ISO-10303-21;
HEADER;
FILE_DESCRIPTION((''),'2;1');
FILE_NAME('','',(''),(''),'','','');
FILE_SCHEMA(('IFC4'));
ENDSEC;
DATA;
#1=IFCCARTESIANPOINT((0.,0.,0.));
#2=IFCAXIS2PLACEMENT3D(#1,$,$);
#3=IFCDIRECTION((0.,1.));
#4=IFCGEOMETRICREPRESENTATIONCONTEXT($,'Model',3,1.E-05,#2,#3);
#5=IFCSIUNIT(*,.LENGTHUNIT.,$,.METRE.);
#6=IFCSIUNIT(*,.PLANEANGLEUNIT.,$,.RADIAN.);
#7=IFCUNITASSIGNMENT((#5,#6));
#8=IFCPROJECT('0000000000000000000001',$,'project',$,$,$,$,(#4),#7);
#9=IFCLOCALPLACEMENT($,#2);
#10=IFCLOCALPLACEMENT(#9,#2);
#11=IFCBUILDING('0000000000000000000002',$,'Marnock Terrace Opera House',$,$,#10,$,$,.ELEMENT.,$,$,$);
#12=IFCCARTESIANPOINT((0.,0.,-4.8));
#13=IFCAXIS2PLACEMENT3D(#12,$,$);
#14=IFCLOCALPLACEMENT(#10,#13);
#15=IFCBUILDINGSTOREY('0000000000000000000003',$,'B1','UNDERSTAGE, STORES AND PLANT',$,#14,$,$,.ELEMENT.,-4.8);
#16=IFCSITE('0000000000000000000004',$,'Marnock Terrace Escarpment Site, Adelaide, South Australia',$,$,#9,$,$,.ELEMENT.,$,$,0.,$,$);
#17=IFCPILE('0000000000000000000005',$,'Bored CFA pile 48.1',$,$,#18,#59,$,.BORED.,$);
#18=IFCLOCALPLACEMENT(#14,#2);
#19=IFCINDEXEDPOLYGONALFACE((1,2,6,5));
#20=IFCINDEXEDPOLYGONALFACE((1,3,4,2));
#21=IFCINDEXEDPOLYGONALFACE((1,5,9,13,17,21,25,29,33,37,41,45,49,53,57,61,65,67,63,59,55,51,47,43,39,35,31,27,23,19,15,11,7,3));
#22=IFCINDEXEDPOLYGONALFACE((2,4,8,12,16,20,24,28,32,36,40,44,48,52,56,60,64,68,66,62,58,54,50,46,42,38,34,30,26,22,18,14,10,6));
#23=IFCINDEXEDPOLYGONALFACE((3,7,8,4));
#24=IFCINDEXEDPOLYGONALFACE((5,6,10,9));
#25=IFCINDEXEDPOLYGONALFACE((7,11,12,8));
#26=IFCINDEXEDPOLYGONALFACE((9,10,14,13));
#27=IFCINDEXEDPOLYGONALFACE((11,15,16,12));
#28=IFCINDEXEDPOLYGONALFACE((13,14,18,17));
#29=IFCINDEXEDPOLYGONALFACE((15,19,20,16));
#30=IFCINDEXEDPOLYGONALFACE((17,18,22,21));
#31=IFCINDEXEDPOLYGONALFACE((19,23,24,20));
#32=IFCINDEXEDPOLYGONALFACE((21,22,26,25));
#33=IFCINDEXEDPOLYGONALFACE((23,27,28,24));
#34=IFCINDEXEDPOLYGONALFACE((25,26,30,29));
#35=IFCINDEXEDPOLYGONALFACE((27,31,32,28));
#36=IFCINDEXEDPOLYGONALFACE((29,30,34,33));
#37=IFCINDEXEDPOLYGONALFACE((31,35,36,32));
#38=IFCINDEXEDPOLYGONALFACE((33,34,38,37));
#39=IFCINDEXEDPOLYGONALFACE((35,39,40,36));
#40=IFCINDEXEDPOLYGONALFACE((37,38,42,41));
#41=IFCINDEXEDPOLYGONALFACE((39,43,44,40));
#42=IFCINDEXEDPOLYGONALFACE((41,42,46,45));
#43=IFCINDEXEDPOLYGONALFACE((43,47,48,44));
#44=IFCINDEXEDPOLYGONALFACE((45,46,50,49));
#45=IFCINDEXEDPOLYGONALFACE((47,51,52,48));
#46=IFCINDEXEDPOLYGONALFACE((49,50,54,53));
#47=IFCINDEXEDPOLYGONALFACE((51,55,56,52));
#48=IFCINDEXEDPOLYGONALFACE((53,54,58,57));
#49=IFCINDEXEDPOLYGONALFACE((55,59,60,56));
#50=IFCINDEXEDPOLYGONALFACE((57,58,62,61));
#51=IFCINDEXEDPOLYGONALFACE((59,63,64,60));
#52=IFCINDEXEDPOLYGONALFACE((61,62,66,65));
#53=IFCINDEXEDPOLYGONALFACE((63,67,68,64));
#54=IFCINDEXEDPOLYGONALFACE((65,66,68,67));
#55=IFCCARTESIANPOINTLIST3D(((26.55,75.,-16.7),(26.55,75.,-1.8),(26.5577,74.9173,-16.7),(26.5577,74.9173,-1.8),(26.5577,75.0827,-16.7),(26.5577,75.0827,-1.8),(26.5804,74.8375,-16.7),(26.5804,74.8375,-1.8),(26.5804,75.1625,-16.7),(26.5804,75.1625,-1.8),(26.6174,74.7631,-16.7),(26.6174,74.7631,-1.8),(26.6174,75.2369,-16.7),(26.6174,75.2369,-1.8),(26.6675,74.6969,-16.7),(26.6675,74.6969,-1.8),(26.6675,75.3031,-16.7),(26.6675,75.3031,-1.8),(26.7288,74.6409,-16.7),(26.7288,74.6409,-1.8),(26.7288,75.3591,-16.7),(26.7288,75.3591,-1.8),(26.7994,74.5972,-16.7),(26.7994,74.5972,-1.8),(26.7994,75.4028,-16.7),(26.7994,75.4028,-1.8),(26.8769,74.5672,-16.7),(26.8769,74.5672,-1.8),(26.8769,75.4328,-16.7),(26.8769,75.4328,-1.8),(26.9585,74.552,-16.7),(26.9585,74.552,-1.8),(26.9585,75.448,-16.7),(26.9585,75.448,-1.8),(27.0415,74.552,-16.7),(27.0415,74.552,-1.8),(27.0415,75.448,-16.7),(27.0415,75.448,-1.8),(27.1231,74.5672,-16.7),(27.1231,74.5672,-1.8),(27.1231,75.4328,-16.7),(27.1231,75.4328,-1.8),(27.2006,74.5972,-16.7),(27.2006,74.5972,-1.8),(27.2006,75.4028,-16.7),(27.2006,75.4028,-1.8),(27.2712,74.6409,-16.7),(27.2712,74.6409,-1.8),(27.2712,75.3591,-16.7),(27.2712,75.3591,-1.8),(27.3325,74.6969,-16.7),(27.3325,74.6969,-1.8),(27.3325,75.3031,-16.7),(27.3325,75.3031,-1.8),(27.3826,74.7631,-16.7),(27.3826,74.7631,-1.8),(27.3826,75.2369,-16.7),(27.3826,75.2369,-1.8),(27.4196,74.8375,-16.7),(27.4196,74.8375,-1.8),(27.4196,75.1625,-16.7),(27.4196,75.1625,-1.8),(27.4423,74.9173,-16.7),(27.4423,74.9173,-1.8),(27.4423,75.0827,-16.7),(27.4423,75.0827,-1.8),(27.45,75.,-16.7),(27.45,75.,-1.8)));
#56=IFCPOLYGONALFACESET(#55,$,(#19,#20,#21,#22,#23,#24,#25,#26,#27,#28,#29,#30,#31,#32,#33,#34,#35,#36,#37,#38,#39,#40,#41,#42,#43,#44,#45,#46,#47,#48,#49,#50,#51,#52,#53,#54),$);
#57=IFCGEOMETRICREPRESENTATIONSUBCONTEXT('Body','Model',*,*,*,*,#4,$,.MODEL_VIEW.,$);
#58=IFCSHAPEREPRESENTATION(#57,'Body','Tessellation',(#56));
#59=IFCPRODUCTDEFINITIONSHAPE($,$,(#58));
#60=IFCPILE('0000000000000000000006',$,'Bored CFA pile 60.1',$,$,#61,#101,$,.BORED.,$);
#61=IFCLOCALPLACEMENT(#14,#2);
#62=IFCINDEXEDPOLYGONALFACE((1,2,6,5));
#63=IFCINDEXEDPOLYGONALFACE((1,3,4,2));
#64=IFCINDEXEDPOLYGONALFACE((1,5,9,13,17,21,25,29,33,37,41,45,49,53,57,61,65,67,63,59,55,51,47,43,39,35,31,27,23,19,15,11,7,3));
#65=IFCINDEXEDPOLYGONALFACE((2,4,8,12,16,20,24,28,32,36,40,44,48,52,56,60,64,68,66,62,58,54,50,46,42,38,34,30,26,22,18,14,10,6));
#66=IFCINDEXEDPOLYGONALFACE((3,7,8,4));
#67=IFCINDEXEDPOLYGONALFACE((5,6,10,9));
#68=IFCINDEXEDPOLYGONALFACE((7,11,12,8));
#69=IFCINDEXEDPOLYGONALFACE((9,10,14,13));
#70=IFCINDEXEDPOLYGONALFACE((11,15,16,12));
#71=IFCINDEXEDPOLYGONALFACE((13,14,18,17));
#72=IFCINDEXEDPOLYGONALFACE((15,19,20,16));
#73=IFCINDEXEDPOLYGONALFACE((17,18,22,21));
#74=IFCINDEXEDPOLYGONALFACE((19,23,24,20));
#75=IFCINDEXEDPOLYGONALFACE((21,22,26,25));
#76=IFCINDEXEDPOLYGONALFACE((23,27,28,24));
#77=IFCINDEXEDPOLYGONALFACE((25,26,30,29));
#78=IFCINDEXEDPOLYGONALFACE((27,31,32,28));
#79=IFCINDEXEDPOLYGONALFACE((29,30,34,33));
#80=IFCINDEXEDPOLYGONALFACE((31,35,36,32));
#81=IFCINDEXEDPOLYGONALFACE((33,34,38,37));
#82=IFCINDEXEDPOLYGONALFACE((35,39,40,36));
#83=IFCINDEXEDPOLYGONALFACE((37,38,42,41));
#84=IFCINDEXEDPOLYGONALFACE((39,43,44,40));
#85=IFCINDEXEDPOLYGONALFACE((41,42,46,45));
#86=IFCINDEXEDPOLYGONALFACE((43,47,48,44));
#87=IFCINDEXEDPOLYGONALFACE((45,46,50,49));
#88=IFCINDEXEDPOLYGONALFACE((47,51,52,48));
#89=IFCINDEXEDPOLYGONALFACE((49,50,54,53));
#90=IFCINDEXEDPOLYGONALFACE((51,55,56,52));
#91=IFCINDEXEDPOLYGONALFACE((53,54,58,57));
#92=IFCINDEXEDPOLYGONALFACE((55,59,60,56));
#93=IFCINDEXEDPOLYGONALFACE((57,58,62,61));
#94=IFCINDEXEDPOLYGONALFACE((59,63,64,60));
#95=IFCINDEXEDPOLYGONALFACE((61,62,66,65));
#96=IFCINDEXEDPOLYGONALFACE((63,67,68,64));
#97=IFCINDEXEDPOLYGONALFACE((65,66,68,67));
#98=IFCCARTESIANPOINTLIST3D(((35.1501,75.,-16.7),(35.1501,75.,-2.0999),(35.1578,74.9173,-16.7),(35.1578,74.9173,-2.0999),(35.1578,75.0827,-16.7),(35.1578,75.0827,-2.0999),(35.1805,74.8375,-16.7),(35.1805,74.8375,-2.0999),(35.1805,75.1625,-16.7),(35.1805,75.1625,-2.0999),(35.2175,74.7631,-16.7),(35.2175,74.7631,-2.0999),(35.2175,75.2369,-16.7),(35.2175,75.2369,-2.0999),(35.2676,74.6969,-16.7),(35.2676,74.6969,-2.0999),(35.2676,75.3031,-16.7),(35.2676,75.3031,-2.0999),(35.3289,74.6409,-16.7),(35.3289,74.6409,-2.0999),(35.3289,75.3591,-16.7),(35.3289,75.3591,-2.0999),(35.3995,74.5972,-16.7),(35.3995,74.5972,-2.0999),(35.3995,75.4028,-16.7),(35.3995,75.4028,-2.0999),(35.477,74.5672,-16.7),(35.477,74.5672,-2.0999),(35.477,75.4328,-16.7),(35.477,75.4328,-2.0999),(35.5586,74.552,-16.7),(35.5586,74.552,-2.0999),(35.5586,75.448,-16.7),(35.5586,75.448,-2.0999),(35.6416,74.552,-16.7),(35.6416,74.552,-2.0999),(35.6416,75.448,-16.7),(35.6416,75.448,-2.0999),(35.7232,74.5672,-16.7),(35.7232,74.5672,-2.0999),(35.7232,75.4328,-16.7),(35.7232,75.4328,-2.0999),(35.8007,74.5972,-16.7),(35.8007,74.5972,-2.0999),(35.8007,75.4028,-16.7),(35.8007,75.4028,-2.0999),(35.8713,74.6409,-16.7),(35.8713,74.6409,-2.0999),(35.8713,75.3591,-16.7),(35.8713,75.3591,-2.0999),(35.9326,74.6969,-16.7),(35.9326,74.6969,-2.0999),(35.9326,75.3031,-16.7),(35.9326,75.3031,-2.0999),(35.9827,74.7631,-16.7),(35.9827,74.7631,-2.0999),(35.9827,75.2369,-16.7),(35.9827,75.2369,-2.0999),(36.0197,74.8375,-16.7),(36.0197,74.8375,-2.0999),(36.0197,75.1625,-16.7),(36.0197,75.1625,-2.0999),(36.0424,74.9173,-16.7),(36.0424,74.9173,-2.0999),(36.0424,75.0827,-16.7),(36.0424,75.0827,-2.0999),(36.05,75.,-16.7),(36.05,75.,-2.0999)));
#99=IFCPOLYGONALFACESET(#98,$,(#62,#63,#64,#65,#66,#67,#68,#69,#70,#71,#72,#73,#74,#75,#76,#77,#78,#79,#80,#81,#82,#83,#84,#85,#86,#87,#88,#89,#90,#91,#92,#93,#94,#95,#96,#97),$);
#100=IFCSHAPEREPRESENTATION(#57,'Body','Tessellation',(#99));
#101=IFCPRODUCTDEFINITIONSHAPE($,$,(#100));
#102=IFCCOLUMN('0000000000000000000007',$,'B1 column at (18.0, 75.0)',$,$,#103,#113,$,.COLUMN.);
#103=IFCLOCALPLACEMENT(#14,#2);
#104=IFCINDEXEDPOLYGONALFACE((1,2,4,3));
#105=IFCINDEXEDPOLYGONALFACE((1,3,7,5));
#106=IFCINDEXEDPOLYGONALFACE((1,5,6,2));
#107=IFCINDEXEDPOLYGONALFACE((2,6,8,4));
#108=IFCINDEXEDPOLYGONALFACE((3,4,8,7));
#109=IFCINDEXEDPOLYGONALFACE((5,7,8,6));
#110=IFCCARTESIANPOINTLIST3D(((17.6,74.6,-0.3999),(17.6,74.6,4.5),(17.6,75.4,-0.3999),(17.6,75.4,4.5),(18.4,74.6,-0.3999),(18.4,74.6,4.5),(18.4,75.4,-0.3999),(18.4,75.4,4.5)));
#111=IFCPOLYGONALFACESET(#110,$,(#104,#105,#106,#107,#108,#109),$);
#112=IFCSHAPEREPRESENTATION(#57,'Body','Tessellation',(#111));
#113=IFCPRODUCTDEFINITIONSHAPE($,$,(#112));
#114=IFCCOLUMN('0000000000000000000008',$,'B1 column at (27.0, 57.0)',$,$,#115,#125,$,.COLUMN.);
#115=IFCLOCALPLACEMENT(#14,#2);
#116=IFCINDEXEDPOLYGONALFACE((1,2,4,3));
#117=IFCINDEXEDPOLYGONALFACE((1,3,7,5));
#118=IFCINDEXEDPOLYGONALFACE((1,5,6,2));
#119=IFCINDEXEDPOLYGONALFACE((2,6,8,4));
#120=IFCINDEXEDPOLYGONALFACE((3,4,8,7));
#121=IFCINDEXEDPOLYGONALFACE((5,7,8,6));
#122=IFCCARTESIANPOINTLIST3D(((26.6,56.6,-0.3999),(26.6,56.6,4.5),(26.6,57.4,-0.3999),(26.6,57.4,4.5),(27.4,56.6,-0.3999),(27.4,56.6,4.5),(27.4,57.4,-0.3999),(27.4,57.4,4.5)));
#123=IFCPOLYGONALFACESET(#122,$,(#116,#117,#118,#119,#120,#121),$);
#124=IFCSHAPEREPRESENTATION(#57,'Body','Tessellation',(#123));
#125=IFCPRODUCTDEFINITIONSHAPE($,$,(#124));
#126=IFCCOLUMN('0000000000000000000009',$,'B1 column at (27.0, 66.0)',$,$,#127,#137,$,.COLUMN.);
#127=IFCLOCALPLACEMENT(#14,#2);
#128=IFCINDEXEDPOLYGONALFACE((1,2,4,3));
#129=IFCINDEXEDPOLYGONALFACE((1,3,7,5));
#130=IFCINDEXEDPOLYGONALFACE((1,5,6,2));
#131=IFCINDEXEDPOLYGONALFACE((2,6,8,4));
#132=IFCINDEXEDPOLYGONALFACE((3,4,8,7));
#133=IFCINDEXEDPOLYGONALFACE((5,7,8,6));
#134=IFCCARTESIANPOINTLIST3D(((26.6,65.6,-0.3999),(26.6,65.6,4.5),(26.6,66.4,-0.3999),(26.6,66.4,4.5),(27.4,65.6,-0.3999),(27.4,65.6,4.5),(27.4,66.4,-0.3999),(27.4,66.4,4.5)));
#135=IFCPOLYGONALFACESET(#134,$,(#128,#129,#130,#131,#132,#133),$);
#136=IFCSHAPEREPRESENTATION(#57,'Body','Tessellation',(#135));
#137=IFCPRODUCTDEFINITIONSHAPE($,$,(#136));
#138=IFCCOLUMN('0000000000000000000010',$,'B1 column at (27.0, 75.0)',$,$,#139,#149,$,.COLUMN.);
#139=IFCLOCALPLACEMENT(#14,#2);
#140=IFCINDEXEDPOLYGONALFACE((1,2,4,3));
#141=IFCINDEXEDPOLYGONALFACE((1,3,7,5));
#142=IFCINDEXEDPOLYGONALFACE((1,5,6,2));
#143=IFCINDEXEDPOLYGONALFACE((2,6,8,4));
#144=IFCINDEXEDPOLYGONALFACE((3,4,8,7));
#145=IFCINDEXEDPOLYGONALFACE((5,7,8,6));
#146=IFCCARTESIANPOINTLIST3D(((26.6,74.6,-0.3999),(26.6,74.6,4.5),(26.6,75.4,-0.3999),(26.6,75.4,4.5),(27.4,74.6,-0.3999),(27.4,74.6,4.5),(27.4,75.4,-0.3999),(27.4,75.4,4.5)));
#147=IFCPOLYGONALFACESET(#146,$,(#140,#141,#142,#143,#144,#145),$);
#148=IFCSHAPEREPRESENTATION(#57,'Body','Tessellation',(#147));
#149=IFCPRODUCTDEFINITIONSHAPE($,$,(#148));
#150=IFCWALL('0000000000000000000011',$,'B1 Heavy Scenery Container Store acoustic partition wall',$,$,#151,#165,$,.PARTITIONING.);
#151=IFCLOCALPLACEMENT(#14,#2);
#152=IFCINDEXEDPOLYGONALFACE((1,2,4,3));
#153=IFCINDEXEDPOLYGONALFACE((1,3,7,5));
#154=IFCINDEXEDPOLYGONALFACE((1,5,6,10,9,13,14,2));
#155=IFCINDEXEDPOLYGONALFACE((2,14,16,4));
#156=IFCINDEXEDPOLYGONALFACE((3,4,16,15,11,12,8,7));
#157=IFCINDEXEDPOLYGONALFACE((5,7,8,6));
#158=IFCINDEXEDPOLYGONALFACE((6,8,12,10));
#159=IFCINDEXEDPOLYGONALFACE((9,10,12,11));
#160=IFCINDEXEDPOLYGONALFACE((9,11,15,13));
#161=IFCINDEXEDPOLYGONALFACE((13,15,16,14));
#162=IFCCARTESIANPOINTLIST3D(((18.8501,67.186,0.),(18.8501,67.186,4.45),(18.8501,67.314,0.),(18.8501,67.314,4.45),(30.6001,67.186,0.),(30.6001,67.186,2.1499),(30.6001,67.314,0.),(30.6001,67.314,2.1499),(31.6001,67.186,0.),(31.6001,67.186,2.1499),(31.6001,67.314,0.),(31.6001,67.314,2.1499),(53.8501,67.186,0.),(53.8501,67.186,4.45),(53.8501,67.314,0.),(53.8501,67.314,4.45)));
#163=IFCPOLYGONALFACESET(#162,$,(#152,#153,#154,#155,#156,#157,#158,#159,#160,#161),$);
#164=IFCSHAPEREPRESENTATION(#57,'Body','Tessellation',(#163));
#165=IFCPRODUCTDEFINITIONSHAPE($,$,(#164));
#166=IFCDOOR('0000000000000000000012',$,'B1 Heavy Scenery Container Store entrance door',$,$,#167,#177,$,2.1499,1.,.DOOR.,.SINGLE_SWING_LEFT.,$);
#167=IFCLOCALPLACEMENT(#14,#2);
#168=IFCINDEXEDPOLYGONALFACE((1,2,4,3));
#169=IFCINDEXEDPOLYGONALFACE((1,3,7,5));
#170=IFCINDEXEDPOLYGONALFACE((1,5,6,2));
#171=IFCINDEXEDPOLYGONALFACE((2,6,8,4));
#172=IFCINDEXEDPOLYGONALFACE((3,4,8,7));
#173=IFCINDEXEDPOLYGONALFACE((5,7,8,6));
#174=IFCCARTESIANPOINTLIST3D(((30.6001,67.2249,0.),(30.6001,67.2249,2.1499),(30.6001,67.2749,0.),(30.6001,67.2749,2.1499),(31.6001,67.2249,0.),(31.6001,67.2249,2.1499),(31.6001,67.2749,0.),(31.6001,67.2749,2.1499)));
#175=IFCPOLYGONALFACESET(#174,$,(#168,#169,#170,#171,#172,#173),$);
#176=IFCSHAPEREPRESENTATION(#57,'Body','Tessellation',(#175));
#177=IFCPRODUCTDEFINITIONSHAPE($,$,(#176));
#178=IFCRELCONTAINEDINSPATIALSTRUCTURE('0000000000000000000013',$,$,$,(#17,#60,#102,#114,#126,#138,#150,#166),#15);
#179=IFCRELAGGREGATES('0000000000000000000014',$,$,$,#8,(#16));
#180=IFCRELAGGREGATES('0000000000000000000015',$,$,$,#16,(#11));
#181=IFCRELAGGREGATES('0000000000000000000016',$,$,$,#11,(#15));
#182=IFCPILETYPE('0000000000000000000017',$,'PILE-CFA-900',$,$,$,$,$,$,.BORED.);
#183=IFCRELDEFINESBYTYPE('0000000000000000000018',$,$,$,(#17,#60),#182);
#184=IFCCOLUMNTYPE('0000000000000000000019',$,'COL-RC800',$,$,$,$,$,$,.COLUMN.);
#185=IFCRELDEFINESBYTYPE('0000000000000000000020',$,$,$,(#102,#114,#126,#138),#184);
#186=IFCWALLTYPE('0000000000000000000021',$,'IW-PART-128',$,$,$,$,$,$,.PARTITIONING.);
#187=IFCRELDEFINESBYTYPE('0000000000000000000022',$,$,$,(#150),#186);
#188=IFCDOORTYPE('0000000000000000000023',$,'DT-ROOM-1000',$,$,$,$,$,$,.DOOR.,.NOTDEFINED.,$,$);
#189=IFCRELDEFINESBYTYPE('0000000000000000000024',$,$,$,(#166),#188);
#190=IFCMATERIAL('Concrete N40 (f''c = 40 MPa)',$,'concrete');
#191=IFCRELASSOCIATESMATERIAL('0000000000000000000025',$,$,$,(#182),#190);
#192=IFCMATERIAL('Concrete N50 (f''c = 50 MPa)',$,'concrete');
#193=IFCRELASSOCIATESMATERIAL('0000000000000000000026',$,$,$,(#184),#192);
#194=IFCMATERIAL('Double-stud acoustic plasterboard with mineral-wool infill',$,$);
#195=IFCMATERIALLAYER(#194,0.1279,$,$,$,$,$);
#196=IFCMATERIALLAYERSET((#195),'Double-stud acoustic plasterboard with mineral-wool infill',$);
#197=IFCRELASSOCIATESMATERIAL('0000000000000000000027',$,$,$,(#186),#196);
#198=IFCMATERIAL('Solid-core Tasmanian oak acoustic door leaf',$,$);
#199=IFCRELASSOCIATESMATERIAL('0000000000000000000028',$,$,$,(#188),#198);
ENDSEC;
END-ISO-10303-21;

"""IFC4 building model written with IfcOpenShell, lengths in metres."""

from ifc_helpers import new_model, si_unit, direction, frame, frame_2d, origin, origin_2d, place, context, subcontext, project, spatial, rectangle, circle, extrude, material, layer, layer_set, material_profile, profile_set, type_object, element, fill, save


model = new_model("IFC4")

# Units and contexts
model_context = context("Model", 3, precision=1e-05, world=origin(), true_north=direction((0.0, 1.0)))
body_context = subcontext(model_context, "Body", "Model", "MODEL_VIEW")
ifc_project = project(units=[si_unit("LENGTHUNIT", "METRE"), si_unit("PLANEANGLEUNIT", "RADIAN")], contexts=[model_context])

# Site, building, storey
site_placement = place(None, origin())
site = spatial("IfcSite", under=ifc_project, at=site_placement, Name="Marnock Terrace Escarpment Site, Adelaide, South Australia", CompositionType="ELEMENT", RefElevation=0.0)
building_placement = place(site_placement, origin())
building = spatial("IfcBuilding", under=site, at=building_placement, Name="Marnock Terrace Opera House", CompositionType="ELEMENT")
storey_placement = place(building_placement, frame((0.0, 0.0, -4.8)))
storey = spatial("IfcBuildingStorey", under=building, at=storey_placement, Name="B1", Description="UNDERSTAGE, STORES AND PLANT", CompositionType="ELEMENT", Elevation=-4.8)

# Shared definitions
ifc_material_1 = material(Name="Concrete N40 (f'c = 40 MPa)", Category="concrete")

# Piles
ifc_material_profile_1 = material_profile(ifc_material_1, circle(Radius=0.45, at=origin_2d()))
ifc_profile_set_1 = profile_set([ifc_material_profile_1], Name="Concrete N40 (f'c = 40 MPa)")
pile_type = type_object("IfcPileType", Name="PILE-CFA-900", PredefinedType="BORED", material=ifc_profile_set_1)
pile_1_placement = place(storey_placement, frame((27.0, 75.0, -1.8), z_axis=(0.0, 0.0, -1.0), x_axis=(1.0, 0.0, 0.0)))
element("IfcPile", 1, at=pile_1_placement, inside=storey, type_object=pile_type, Name="Bored CFA pile 48.1", PredefinedType="BORED", context=body_context, shape_type="SweptSolid", body=[
    extrude(circle(Radius=0.45, at=origin_2d()), origin(), (0.0, 0.0, 1.0), 14.8999),
])
pile_2_placement = place(storey_placement, frame((35.6001, 75.0, -2.0999), z_axis=(0.0, 0.0, -1.0), x_axis=(1.0, 0.0, 0.0)))
element("IfcPile", 2, at=pile_2_placement, inside=storey, type_object=pile_type, Name="Bored CFA pile 60.1", PredefinedType="BORED", context=body_context, shape_type="SweptSolid", body=[
    extrude(circle(Radius=0.45, at=origin_2d()), origin(), (0.0, 0.0, 1.0), 14.6001),
])

# Columns
ifc_material_2 = material(Name="Concrete N50 (f'c = 50 MPa)", Category="concrete")
ifc_material_profile_2 = material_profile(ifc_material_2, rectangle(XDim=0.8, YDim=0.8, at=origin_2d()))
ifc_profile_set_2 = profile_set([ifc_material_profile_2], Name="Concrete N50 (f'c = 50 MPa)")
column_type = type_object("IfcColumnType", Name="COL-RC800", PredefinedType="COLUMN", material=ifc_profile_set_2)
for number, where, z_axis, x_axis, name in (
    (3, (18.0, 75.0, -0.3999), (0.0, 0.0, 1.0), (1.0, 0.0, 0.0), "B1 column at (18.0, 75.0)"),
    (4, (27.0, 57.0, -0.3999), (0.0, 0.0, 1.0), (1.0, 0.0, 0.0), "B1 column at (27.0, 57.0)"),
    (5, (27.0, 66.0, -0.3999), (0.0, 0.0, 1.0), (1.0, 0.0, 0.0), "B1 column at (27.0, 66.0)"),
    (6, (27.0, 75.0, -0.3999), (0.0, 0.0, 1.0), (1.0, 0.0, 0.0), "B1 column at (27.0, 75.0)"),
):
    element("IfcColumn", number, at=place(storey_placement, frame(where, z_axis=z_axis, x_axis=x_axis)), inside=storey, type_object=column_type, Name=name, PredefinedType="COLUMN", context=body_context, shape_type="SweptSolid", body=[
        extrude(rectangle(XDim=0.8, YDim=0.8, at=origin_2d()), origin(), (0.0, 0.0, 1.0), 4.8999),
    ])

# Wall, opening, door
ifc_material_3 = material(Name="Double-stud acoustic plasterboard with mineral-wool infill")
ifc_layer_1 = layer(ifc_material_3, 0.1279)
ifc_layer_set_1 = layer_set([ifc_layer_1], Name="Double-stud acoustic plasterboard with mineral-wool infill")
wall_type = type_object("IfcWallType", Name="IW-PART-128", PredefinedType="PARTITIONING", material=ifc_layer_set_1)
wall_placement = place(storey_placement, frame((18.8501, 67.25, 0.0), z_axis=(0.0, 0.0, 1.0), x_axis=(1.0, 0.0, 0.0)))
wall = element("IfcWall", 7, at=wall_placement, inside=storey, type_object=wall_type, Name="B1 Heavy Scenery Container Store acoustic partition wall", PredefinedType="PARTITIONING", context=body_context, shape_type="SweptSolid", body=[
    extrude(rectangle(XDim=35.0, YDim=0.1279, at=frame_2d((17.5, 0.0))), origin(), (0.0, 0.0, 1.0), 4.45),
])
opening_placement = place(wall_placement, frame((11.75, 0.0, 0.0)))
opening = element("IfcOpeningElement", 8, at=opening_placement, cuts=wall, PredefinedType="OPENING", context=body_context, shape_type="SweptSolid", body=[
    extrude(rectangle(XDim=1.0, YDim=2.1499, at=frame_2d((0.5, 1.075))), frame((0.0, 0.074, 0.0), z_axis=(0.0, -1.0, 0.0), x_axis=(1.0, 0.0, 0.0)), (0.0, 0.0, 1.0), 0.1479),
])
ifc_material_4 = material(Name="Solid-core Tasmanian oak acoustic door leaf")
door_type = type_object("IfcDoorType", Name="DT-ROOM-1000", OperationType="NOTDEFINED", PredefinedType="DOOR", material=ifc_material_4)
door_placement = place(opening_placement, origin())
door = element("IfcDoor", 9, at=door_placement, inside=storey, type_object=door_type, Name="B1 Heavy Scenery Container Store entrance door", OperationType="SINGLE_SWING_LEFT", OverallHeight=2.1499, OverallWidth=1.0, PredefinedType="DOOR", context=body_context, shape_type="SweptSolid", body=[
    extrude(rectangle(XDim=1.0, YDim=2.1499, at=frame_2d((0.5, 1.075))), frame((0.0, 0.0249, 0.0), z_axis=(0.0, -1.0, 0.0), x_axis=(1.0, 0.0, 0.0)), (0.0, 0.0, 1.0), 0.05),
])
fill(opening, door)

save(model, "model.ifc")
